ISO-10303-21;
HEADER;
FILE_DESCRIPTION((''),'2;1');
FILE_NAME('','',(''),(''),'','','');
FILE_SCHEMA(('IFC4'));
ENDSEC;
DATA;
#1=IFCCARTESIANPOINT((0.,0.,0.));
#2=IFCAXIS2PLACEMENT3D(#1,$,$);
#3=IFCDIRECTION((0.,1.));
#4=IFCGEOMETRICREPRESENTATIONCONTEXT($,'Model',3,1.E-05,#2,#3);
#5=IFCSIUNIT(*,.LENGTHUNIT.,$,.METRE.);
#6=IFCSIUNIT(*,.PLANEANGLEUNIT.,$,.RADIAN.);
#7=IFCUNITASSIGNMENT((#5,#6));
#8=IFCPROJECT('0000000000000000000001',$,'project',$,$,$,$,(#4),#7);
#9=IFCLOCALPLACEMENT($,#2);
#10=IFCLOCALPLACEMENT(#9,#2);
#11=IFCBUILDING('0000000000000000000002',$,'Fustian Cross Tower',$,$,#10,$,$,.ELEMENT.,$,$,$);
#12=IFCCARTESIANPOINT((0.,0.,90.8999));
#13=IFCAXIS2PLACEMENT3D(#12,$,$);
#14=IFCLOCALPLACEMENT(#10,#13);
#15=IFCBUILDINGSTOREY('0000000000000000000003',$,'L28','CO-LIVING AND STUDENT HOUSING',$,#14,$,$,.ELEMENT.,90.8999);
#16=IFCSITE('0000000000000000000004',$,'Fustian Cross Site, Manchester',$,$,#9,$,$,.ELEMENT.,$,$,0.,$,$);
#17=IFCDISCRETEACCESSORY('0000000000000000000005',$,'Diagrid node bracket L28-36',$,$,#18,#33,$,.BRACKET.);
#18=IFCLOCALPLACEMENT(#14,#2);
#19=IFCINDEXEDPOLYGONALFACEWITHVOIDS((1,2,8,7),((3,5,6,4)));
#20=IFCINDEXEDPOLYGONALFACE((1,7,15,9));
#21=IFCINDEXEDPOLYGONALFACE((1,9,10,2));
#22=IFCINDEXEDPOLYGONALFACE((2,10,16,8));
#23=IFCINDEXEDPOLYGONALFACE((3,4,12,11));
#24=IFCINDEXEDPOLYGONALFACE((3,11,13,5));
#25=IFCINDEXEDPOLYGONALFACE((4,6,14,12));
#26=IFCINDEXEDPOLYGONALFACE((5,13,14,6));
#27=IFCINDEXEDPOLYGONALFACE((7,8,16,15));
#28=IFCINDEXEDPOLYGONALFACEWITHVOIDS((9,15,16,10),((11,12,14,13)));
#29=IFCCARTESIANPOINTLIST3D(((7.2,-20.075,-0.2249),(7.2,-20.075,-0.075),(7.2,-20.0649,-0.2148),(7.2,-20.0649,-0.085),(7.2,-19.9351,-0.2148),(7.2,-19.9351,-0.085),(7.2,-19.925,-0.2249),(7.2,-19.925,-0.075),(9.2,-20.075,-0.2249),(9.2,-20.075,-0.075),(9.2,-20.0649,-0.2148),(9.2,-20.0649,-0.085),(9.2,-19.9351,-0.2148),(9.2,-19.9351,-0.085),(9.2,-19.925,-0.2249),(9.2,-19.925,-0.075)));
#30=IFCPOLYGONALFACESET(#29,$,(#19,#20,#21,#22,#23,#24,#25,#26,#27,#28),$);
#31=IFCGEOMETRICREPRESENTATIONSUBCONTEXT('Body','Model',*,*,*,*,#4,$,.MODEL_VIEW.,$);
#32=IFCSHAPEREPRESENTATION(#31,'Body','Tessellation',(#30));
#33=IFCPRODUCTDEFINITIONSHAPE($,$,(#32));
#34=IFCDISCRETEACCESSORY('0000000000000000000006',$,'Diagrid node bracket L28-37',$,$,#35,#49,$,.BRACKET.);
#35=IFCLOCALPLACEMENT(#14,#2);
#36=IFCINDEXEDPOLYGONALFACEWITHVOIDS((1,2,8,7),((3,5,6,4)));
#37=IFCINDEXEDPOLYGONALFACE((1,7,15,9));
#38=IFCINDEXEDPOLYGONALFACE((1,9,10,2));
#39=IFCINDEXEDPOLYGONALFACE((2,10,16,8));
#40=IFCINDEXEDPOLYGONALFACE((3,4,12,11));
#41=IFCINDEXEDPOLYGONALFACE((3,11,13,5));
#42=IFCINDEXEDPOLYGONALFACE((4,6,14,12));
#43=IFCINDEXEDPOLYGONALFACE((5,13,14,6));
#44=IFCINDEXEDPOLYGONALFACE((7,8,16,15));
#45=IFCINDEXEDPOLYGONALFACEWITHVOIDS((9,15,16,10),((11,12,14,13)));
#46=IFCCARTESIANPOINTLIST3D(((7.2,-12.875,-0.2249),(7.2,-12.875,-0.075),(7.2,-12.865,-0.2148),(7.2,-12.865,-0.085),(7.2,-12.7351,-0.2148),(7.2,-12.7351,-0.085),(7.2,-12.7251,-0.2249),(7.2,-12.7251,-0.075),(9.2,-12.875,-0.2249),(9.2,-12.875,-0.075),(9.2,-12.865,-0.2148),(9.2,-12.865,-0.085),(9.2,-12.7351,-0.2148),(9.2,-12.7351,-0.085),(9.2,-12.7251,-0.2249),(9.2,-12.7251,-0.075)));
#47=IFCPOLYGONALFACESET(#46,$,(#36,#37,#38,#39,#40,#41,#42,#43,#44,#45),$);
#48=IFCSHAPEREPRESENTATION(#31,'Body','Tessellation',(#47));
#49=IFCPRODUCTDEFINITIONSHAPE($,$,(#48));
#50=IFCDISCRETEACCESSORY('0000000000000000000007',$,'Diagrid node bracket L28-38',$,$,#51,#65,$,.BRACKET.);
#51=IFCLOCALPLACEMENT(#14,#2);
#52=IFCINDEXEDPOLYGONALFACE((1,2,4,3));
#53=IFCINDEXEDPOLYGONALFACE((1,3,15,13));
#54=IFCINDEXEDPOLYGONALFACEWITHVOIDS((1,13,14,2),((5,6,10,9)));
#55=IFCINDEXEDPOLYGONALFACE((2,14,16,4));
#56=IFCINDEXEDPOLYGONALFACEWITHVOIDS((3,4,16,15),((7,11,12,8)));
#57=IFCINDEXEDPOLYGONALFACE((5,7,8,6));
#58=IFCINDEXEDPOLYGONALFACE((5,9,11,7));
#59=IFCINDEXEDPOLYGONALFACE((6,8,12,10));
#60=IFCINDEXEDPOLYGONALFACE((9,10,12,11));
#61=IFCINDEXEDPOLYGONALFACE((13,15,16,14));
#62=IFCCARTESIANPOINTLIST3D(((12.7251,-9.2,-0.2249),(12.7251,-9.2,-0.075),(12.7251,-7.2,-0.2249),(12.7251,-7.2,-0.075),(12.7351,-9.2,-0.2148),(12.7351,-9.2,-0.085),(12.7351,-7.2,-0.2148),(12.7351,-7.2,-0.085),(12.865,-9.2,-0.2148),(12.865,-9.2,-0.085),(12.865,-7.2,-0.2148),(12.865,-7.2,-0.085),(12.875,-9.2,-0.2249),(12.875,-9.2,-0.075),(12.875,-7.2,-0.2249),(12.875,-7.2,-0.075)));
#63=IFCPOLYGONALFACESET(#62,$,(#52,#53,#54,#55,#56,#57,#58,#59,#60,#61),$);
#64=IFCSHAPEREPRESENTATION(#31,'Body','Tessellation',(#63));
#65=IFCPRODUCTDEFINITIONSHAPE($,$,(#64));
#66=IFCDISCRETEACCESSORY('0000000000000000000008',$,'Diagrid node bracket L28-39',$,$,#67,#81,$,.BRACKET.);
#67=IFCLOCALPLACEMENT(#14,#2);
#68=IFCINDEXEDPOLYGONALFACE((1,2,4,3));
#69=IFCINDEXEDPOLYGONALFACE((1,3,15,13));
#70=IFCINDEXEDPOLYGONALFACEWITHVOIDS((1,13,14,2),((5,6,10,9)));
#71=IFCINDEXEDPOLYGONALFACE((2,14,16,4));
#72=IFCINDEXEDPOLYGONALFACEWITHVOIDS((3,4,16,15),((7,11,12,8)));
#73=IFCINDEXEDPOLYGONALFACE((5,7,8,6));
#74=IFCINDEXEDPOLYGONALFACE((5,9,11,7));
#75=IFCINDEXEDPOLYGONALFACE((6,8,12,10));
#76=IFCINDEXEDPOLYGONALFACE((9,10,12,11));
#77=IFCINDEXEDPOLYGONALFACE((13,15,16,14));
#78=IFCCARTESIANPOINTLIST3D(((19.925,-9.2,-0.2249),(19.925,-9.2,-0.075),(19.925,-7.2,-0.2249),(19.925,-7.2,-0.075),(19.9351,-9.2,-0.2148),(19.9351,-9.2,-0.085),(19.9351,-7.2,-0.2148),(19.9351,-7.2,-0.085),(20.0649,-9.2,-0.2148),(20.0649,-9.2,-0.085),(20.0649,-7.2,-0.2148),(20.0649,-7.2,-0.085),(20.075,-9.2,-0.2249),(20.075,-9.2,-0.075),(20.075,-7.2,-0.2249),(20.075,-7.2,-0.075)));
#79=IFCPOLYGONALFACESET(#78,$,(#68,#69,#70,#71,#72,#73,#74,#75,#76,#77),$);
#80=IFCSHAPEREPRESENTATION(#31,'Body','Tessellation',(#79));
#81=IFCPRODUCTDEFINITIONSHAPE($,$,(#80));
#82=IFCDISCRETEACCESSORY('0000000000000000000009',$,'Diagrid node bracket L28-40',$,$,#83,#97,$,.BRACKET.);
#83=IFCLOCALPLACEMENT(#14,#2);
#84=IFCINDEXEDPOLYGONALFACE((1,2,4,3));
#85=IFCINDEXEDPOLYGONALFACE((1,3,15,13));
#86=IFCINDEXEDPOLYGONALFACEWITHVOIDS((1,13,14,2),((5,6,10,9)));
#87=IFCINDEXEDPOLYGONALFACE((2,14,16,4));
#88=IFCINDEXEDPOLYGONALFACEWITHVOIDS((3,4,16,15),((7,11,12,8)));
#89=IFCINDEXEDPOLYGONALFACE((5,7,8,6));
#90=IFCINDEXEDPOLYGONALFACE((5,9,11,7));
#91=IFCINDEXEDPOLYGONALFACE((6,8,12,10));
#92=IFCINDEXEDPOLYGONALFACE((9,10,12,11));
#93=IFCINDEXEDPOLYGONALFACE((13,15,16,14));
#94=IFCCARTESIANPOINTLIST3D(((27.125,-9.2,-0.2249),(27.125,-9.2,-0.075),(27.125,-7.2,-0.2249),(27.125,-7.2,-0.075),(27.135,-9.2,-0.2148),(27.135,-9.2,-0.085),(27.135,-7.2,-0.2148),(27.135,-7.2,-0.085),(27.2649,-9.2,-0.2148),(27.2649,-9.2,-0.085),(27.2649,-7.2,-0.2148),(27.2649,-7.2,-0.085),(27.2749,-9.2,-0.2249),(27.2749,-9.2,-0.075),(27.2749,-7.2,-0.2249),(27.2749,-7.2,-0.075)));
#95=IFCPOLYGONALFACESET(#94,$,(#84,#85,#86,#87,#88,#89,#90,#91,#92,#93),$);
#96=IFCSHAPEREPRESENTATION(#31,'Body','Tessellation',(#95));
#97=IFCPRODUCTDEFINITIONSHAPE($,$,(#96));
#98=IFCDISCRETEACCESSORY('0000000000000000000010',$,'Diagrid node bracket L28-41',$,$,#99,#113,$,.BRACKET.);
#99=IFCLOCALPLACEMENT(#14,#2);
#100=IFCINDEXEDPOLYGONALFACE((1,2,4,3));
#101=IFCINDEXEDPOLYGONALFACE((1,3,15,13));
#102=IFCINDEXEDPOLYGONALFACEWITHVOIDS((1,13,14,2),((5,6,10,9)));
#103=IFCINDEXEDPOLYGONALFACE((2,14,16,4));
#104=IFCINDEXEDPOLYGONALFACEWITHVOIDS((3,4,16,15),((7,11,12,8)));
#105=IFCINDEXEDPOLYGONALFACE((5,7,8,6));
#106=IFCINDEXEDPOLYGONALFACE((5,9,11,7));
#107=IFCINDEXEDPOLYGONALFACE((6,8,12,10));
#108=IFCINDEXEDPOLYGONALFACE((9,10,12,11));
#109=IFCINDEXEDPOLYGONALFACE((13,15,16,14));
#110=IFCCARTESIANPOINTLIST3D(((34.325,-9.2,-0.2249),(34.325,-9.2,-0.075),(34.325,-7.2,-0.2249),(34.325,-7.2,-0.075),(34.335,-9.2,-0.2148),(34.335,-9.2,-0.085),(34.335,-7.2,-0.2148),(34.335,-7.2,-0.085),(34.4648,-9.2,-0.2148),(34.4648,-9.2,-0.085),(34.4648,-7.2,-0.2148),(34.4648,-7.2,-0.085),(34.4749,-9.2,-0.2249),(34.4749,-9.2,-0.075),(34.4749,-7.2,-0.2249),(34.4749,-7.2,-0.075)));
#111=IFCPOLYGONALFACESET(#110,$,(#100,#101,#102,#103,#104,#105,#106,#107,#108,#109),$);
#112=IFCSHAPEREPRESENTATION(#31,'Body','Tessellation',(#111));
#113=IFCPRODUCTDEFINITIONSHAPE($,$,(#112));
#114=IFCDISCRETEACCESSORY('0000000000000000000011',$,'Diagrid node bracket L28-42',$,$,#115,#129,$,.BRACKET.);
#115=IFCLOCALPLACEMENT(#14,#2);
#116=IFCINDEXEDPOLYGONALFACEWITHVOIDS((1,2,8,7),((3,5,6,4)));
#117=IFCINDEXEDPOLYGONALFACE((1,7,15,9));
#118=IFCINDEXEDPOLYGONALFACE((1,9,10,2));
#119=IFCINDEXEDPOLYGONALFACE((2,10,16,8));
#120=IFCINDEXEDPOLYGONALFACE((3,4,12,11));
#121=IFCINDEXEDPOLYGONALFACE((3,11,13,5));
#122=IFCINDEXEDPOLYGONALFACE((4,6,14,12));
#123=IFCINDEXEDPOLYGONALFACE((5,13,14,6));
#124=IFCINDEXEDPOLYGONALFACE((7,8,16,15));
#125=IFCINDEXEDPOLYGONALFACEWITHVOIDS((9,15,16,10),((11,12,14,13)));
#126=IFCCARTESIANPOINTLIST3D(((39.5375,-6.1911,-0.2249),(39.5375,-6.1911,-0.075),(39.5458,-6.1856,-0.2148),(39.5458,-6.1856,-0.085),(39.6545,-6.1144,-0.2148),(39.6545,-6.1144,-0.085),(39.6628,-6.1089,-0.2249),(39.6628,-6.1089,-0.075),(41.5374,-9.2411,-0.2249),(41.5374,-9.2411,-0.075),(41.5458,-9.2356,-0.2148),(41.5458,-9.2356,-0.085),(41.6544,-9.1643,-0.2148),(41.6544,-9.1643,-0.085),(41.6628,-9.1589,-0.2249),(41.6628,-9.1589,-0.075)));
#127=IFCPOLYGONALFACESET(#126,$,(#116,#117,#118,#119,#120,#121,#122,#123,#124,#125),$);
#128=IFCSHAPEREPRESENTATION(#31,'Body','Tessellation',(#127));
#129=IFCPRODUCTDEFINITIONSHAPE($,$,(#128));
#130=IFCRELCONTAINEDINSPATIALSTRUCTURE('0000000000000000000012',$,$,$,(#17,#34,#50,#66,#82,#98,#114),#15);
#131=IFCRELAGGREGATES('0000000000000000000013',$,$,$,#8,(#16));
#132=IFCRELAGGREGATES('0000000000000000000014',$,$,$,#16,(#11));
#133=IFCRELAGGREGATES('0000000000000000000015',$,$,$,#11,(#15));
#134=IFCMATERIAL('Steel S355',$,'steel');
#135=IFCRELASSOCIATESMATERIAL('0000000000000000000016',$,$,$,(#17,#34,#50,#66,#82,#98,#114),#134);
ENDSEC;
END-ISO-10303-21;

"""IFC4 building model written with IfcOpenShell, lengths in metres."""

from ifc_helpers import new_model, si_unit, direction, frame, origin, origin_2d, place, context, subcontext, project, spatial, hollow_rectangle, extrude, material, element, save


model = new_model("IFC4")

# Units and contexts
model_context = context("Model", 3, precision=1e-05, world=origin(), true_north=direction((0.0, 1.0)))
body_context = subcontext(model_context, "Body", "Model", "MODEL_VIEW")
ifc_project = project(units=[si_unit("LENGTHUNIT", "METRE"), si_unit("PLANEANGLEUNIT", "RADIAN")], contexts=[model_context])

# Site, building, storey
site_placement = place(None, origin())
site = spatial("IfcSite", under=ifc_project, at=site_placement, Name="Fustian Cross Site, Manchester", CompositionType="ELEMENT", RefElevation=0.0)
building_placement = place(site_placement, origin())
building = spatial("IfcBuilding", under=site, at=building_placement, Name="Fustian Cross Tower", CompositionType="ELEMENT")
storey_placement = place(building_placement, frame((0.0, 0.0, 90.8999)))
storey = spatial("IfcBuildingStorey", under=building, at=storey_placement, Name="L28", Description="CO-LIVING AND STUDENT HOUSING", CompositionType="ELEMENT", Elevation=90.8999)

# Discrete accessories
ifc_material_1 = material(Name="Steel S355", Category="steel")
for number, where, z_axis, x_axis, name in (
    (1, (9.2, -20.0, -0.1499), (-1.0, 0.0, 0.0), (0.0, -1.0, 0.0), "Diagrid node bracket L28-36"),
    (2, (9.2, -12.8, -0.1499), (-1.0, 0.0, 0.0), (0.0, -1.0, 0.0), "Diagrid node bracket L28-37"),
    (3, (12.8, -9.2, -0.1499), (0.0, 1.0, 0.0), (-1.0, 0.0, 0.0), "Diagrid node bracket L28-38"),
    (4, (20.0, -9.2, -0.1499), (0.0, 1.0, 0.0), (-1.0, 0.0, 0.0), "Diagrid node bracket L28-39"),
    (5, (27.2, -9.2, -0.1499), (0.0, 1.0, 0.0), (-1.0, 0.0, 0.0), "Diagrid node bracket L28-40"),
    (6, (34.3999, -9.2, -0.1499), (0.0, 1.0, 0.0), (-1.0, 0.0, 0.0), "Diagrid node bracket L28-41"),
):
    element("IfcDiscreteAccessory", number, at=place(storey_placement, frame(where, z_axis=z_axis, x_axis=x_axis)), inside=storey, material=ifc_material_1, Name=name, PredefinedType="BRACKET", context=body_context, shape_type="SweptSolid", body=[
        extrude(hollow_rectangle(XDim=0.1499, YDim=0.1499, WallThickness=0.01, at=origin_2d()), origin(), (0.0, 0.0, 1.0), 2.0),
    ])
discrete_accessory_1_placement = place(storey_placement, frame((41.6001, -9.2, -0.1499), z_axis=(-0.548351, 0.836248, 0.0), x_axis=(-0.836248, -0.548351, 0.0)))
element("IfcDiscreteAccessory", 7, at=discrete_accessory_1_placement, inside=storey, material=ifc_material_1, Name="Diagrid node bracket L28-42", PredefinedType="BRACKET", context=body_context, shape_type="SweptSolid", body=[
    extrude(hollow_rectangle(XDim=0.1499, YDim=0.1499, WallThickness=0.01, at=origin_2d()), origin(), (0.0, 0.0, 1.0), 3.6472),
])

save(model, "model.ifc")
